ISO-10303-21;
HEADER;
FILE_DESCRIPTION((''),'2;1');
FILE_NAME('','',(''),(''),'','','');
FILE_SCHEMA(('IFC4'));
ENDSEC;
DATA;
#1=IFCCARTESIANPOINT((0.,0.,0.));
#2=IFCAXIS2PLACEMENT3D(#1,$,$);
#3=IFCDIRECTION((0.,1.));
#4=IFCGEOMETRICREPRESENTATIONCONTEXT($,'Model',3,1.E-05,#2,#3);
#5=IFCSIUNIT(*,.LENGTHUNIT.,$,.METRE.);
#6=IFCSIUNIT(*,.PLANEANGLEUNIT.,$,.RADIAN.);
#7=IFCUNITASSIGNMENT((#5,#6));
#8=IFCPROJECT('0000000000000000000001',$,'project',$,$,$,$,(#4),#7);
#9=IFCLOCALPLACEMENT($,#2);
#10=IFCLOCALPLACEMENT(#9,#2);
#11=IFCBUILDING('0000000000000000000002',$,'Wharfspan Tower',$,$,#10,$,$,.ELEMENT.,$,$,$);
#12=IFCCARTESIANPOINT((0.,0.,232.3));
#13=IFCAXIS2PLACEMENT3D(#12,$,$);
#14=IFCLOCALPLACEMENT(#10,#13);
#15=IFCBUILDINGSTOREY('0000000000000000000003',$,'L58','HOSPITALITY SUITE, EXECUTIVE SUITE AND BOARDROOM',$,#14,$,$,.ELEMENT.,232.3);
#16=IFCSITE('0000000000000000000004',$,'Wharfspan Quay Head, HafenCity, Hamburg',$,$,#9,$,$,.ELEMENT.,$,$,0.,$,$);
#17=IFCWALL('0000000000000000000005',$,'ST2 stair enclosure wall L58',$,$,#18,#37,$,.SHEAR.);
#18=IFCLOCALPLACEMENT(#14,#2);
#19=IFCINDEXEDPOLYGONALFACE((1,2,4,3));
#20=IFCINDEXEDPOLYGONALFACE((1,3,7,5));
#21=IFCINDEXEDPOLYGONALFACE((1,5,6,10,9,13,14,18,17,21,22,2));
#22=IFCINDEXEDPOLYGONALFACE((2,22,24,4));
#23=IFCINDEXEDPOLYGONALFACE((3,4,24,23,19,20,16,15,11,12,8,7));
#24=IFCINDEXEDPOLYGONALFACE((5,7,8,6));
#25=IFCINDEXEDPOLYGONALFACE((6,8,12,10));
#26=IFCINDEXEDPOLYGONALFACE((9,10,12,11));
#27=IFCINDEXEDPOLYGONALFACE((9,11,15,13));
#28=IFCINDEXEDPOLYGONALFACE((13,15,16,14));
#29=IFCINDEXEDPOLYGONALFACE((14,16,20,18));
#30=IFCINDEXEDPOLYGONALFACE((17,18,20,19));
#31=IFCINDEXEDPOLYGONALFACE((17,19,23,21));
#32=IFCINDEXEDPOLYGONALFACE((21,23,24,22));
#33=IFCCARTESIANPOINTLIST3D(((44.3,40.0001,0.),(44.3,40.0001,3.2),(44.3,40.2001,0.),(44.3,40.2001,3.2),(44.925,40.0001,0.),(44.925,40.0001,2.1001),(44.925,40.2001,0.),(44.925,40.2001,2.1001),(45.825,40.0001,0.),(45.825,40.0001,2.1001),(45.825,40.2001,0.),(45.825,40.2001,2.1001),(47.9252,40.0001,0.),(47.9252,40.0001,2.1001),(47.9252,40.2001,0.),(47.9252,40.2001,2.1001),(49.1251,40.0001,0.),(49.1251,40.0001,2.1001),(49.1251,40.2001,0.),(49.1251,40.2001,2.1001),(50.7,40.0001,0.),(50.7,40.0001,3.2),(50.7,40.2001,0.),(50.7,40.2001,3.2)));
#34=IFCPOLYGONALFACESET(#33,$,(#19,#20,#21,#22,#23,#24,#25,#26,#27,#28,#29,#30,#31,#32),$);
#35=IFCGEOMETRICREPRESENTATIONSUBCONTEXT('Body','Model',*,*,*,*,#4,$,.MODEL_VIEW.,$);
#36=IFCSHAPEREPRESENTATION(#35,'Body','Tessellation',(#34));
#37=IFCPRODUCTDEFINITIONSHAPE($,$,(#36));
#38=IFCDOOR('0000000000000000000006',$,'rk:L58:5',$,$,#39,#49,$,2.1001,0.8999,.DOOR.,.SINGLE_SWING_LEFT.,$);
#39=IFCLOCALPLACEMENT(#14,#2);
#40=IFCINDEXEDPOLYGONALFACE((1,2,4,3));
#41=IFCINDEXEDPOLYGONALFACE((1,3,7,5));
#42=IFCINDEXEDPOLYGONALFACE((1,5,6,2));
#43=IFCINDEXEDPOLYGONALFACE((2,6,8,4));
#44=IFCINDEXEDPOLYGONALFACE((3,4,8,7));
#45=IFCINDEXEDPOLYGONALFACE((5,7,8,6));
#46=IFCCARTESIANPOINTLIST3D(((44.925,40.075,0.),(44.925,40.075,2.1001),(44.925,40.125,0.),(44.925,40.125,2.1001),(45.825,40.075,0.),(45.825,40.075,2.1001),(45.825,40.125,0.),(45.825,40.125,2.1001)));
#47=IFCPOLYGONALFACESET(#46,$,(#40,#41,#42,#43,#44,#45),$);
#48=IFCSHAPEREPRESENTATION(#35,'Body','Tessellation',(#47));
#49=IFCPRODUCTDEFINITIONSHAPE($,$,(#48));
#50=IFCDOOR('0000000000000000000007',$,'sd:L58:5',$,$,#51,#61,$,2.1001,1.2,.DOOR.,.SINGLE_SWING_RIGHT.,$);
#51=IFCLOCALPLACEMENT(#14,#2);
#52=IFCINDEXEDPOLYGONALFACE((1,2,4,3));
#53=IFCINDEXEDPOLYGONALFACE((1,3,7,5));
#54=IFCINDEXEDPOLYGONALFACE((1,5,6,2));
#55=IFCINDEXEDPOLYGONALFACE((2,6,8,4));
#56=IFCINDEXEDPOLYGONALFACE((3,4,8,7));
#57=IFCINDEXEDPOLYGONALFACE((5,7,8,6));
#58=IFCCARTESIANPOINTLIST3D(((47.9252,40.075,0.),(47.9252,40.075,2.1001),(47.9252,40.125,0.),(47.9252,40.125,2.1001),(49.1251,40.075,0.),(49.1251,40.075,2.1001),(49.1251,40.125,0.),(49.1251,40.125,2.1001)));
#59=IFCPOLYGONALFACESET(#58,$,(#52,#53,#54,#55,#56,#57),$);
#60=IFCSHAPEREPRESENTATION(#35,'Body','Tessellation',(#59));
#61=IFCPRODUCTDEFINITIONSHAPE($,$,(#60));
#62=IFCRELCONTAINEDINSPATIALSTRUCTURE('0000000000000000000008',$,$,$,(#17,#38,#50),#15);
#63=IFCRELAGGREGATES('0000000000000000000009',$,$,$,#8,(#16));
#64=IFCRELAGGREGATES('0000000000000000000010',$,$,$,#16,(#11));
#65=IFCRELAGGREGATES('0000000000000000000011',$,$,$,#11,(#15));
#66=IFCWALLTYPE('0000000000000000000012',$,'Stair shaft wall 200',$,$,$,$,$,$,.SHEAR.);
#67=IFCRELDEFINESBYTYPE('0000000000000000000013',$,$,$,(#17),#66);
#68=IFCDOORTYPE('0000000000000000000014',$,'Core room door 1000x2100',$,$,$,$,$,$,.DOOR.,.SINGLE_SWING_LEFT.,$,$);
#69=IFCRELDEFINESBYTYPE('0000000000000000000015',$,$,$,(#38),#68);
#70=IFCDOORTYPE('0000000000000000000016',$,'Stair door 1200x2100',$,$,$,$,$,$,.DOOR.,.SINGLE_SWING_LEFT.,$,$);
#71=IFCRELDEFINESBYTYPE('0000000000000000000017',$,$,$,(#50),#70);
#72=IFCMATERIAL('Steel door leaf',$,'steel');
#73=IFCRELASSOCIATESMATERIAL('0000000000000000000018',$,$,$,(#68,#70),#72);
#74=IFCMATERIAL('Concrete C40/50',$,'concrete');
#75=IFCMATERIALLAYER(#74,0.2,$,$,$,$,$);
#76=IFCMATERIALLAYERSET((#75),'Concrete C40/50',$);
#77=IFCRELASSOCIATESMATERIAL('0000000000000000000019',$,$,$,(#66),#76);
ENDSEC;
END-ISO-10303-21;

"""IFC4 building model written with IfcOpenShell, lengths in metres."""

from ifc_helpers import new_model, si_unit, direction, frame, frame_2d, origin, place, context, subcontext, project, spatial, rectangle, extrude, material, layer, layer_set, type_object, element, fill, save


model = new_model("IFC4")

# Units and contexts
model_context = context("Model", 3, precision=1e-05, world=origin(), true_north=direction((0.0, 1.0)))
body_context = subcontext(model_context, "Body", "Model", "MODEL_VIEW")
ifc_project = project(units=[si_unit("LENGTHUNIT", "METRE"), si_unit("PLANEANGLEUNIT", "RADIAN")], contexts=[model_context])

# Site, building, storey
site_placement = place(None, origin())
site = spatial("IfcSite", under=ifc_project, at=site_placement, Name="Wharfspan Quay Head, HafenCity, Hamburg", CompositionType="ELEMENT", RefElevation=0.0)
building_placement = place(site_placement, origin())
building = spatial("IfcBuilding", under=site, at=building_placement, Name="Wharfspan Tower", CompositionType="ELEMENT")
storey_placement = place(building_placement, frame((0.0, 0.0, 232.3)))
storey = spatial("IfcBuildingStorey", under=building, at=storey_placement, Name="L58", Description="HOSPITALITY SUITE, EXECUTIVE SUITE AND BOARDROOM", CompositionType="ELEMENT", Elevation=232.3)

# Shared definitions
ifc_material_1 = material(Name="Steel door leaf", Category="steel")
door_type_1 = type_object("IfcDoorType", Name="Core room door 1000x2100", OperationType="SINGLE_SWING_LEFT", PredefinedType="DOOR", material=ifc_material_1)

# Wall, openings, doors
ifc_material_2 = material(Name="Concrete C40/50", Category="concrete")
ifc_layer_1 = layer(ifc_material_2, 0.2)
ifc_layer_set_1 = layer_set([ifc_layer_1], Name="Concrete C40/50")
wall_type_1 = type_object("IfcWallType", Name="Stair shaft wall 200", PredefinedType="SHEAR", material=ifc_layer_set_1)
wall_1_placement = place(storey_placement, frame((44.3, 40.1001, 0.0), z_axis=(0.0, 0.0, 1.0), x_axis=(1.0, 0.0, 0.0)))
wall_1 = element("IfcWall", 1, at=wall_1_placement, inside=storey, type_object=wall_type_1, Name="ST2 stair enclosure wall L58", PredefinedType="SHEAR", context=body_context, shape_type="SweptSolid", body=[
    extrude(rectangle(XDim=6.3999, YDim=0.2, at=frame_2d((3.2, 0.0))), origin(), (0.0, 0.0, 1.0), 3.2),
])
opening_1_placement = place(wall_1_placement, frame((3.625, 0.0, 0.0)))
opening_1 = element("IfcOpeningElement", 2, at=opening_1_placement, cuts=wall_1, PredefinedType="OPENING", context=body_context, shape_type="SweptSolid", body=[
    extrude(rectangle(XDim=1.2, YDim=2.1001, at=frame_2d((0.6001, 1.05))), frame((0.0, 0.1099, 0.0), z_axis=(0.0, -1.0, 0.0), x_axis=(1.0, 0.0, 0.0)), (0.0, 0.0, 1.0), 0.22),
])
opening_2_placement = place(wall_1_placement, frame((0.625, 0.0, 0.0)))
opening_2 = element("IfcOpeningElement", 3, at=opening_2_placement, cuts=wall_1, PredefinedType="OPENING", context=body_context, shape_type="SweptSolid", body=[
    extrude(rectangle(XDim=0.8999, YDim=2.1001, at=frame_2d((0.45, 1.05))), frame((0.0, 0.1099, 0.0), z_axis=(0.0, -1.0, 0.0), x_axis=(1.0, 0.0, 0.0)), (0.0, 0.0, 1.0), 0.22),
])
door_1_placement = place(opening_2_placement, origin())
door_1 = element("IfcDoor", 4, at=door_1_placement, inside=storey, type_object=door_type_1, Name="rk:L58:5", OperationType="SINGLE_SWING_LEFT", OverallHeight=2.1001, OverallWidth=0.8999, PredefinedType="DOOR", context=body_context, shape_type="SweptSolid", body=[
    extrude(rectangle(XDim=0.8999, YDim=2.1001, at=frame_2d((0.45, 1.05))), frame((0.0, 0.0249, 0.0), z_axis=(0.0, -1.0, 0.0), x_axis=(1.0, 0.0, 0.0)), (0.0, 0.0, 1.0), 0.05),
])
fill(opening_2, door_1)
door_type_2 = type_object("IfcDoorType", Name="Stair door 1200x2100", OperationType="SINGLE_SWING_LEFT", PredefinedType="DOOR", material=ifc_material_1)
door_2_placement = place(opening_1_placement, origin())
door_2 = element("IfcDoor", 5, at=door_2_placement, inside=storey, type_object=door_type_2, Name="sd:L58:5", OperationType="SINGLE_SWING_RIGHT", OverallHeight=2.1001, OverallWidth=1.2, PredefinedType="DOOR", context=body_context, shape_type="SweptSolid", body=[
    extrude(rectangle(XDim=1.2, YDim=2.1001, at=frame_2d((0.6001, 1.05))), frame((0.0, 0.0249, 0.0), z_axis=(0.0, -1.0, 0.0), x_axis=(1.0, 0.0, 0.0)), (0.0, 0.0, 1.0), 0.05),
])
fill(opening_1, door_2)

save(model, "model.ifc")
